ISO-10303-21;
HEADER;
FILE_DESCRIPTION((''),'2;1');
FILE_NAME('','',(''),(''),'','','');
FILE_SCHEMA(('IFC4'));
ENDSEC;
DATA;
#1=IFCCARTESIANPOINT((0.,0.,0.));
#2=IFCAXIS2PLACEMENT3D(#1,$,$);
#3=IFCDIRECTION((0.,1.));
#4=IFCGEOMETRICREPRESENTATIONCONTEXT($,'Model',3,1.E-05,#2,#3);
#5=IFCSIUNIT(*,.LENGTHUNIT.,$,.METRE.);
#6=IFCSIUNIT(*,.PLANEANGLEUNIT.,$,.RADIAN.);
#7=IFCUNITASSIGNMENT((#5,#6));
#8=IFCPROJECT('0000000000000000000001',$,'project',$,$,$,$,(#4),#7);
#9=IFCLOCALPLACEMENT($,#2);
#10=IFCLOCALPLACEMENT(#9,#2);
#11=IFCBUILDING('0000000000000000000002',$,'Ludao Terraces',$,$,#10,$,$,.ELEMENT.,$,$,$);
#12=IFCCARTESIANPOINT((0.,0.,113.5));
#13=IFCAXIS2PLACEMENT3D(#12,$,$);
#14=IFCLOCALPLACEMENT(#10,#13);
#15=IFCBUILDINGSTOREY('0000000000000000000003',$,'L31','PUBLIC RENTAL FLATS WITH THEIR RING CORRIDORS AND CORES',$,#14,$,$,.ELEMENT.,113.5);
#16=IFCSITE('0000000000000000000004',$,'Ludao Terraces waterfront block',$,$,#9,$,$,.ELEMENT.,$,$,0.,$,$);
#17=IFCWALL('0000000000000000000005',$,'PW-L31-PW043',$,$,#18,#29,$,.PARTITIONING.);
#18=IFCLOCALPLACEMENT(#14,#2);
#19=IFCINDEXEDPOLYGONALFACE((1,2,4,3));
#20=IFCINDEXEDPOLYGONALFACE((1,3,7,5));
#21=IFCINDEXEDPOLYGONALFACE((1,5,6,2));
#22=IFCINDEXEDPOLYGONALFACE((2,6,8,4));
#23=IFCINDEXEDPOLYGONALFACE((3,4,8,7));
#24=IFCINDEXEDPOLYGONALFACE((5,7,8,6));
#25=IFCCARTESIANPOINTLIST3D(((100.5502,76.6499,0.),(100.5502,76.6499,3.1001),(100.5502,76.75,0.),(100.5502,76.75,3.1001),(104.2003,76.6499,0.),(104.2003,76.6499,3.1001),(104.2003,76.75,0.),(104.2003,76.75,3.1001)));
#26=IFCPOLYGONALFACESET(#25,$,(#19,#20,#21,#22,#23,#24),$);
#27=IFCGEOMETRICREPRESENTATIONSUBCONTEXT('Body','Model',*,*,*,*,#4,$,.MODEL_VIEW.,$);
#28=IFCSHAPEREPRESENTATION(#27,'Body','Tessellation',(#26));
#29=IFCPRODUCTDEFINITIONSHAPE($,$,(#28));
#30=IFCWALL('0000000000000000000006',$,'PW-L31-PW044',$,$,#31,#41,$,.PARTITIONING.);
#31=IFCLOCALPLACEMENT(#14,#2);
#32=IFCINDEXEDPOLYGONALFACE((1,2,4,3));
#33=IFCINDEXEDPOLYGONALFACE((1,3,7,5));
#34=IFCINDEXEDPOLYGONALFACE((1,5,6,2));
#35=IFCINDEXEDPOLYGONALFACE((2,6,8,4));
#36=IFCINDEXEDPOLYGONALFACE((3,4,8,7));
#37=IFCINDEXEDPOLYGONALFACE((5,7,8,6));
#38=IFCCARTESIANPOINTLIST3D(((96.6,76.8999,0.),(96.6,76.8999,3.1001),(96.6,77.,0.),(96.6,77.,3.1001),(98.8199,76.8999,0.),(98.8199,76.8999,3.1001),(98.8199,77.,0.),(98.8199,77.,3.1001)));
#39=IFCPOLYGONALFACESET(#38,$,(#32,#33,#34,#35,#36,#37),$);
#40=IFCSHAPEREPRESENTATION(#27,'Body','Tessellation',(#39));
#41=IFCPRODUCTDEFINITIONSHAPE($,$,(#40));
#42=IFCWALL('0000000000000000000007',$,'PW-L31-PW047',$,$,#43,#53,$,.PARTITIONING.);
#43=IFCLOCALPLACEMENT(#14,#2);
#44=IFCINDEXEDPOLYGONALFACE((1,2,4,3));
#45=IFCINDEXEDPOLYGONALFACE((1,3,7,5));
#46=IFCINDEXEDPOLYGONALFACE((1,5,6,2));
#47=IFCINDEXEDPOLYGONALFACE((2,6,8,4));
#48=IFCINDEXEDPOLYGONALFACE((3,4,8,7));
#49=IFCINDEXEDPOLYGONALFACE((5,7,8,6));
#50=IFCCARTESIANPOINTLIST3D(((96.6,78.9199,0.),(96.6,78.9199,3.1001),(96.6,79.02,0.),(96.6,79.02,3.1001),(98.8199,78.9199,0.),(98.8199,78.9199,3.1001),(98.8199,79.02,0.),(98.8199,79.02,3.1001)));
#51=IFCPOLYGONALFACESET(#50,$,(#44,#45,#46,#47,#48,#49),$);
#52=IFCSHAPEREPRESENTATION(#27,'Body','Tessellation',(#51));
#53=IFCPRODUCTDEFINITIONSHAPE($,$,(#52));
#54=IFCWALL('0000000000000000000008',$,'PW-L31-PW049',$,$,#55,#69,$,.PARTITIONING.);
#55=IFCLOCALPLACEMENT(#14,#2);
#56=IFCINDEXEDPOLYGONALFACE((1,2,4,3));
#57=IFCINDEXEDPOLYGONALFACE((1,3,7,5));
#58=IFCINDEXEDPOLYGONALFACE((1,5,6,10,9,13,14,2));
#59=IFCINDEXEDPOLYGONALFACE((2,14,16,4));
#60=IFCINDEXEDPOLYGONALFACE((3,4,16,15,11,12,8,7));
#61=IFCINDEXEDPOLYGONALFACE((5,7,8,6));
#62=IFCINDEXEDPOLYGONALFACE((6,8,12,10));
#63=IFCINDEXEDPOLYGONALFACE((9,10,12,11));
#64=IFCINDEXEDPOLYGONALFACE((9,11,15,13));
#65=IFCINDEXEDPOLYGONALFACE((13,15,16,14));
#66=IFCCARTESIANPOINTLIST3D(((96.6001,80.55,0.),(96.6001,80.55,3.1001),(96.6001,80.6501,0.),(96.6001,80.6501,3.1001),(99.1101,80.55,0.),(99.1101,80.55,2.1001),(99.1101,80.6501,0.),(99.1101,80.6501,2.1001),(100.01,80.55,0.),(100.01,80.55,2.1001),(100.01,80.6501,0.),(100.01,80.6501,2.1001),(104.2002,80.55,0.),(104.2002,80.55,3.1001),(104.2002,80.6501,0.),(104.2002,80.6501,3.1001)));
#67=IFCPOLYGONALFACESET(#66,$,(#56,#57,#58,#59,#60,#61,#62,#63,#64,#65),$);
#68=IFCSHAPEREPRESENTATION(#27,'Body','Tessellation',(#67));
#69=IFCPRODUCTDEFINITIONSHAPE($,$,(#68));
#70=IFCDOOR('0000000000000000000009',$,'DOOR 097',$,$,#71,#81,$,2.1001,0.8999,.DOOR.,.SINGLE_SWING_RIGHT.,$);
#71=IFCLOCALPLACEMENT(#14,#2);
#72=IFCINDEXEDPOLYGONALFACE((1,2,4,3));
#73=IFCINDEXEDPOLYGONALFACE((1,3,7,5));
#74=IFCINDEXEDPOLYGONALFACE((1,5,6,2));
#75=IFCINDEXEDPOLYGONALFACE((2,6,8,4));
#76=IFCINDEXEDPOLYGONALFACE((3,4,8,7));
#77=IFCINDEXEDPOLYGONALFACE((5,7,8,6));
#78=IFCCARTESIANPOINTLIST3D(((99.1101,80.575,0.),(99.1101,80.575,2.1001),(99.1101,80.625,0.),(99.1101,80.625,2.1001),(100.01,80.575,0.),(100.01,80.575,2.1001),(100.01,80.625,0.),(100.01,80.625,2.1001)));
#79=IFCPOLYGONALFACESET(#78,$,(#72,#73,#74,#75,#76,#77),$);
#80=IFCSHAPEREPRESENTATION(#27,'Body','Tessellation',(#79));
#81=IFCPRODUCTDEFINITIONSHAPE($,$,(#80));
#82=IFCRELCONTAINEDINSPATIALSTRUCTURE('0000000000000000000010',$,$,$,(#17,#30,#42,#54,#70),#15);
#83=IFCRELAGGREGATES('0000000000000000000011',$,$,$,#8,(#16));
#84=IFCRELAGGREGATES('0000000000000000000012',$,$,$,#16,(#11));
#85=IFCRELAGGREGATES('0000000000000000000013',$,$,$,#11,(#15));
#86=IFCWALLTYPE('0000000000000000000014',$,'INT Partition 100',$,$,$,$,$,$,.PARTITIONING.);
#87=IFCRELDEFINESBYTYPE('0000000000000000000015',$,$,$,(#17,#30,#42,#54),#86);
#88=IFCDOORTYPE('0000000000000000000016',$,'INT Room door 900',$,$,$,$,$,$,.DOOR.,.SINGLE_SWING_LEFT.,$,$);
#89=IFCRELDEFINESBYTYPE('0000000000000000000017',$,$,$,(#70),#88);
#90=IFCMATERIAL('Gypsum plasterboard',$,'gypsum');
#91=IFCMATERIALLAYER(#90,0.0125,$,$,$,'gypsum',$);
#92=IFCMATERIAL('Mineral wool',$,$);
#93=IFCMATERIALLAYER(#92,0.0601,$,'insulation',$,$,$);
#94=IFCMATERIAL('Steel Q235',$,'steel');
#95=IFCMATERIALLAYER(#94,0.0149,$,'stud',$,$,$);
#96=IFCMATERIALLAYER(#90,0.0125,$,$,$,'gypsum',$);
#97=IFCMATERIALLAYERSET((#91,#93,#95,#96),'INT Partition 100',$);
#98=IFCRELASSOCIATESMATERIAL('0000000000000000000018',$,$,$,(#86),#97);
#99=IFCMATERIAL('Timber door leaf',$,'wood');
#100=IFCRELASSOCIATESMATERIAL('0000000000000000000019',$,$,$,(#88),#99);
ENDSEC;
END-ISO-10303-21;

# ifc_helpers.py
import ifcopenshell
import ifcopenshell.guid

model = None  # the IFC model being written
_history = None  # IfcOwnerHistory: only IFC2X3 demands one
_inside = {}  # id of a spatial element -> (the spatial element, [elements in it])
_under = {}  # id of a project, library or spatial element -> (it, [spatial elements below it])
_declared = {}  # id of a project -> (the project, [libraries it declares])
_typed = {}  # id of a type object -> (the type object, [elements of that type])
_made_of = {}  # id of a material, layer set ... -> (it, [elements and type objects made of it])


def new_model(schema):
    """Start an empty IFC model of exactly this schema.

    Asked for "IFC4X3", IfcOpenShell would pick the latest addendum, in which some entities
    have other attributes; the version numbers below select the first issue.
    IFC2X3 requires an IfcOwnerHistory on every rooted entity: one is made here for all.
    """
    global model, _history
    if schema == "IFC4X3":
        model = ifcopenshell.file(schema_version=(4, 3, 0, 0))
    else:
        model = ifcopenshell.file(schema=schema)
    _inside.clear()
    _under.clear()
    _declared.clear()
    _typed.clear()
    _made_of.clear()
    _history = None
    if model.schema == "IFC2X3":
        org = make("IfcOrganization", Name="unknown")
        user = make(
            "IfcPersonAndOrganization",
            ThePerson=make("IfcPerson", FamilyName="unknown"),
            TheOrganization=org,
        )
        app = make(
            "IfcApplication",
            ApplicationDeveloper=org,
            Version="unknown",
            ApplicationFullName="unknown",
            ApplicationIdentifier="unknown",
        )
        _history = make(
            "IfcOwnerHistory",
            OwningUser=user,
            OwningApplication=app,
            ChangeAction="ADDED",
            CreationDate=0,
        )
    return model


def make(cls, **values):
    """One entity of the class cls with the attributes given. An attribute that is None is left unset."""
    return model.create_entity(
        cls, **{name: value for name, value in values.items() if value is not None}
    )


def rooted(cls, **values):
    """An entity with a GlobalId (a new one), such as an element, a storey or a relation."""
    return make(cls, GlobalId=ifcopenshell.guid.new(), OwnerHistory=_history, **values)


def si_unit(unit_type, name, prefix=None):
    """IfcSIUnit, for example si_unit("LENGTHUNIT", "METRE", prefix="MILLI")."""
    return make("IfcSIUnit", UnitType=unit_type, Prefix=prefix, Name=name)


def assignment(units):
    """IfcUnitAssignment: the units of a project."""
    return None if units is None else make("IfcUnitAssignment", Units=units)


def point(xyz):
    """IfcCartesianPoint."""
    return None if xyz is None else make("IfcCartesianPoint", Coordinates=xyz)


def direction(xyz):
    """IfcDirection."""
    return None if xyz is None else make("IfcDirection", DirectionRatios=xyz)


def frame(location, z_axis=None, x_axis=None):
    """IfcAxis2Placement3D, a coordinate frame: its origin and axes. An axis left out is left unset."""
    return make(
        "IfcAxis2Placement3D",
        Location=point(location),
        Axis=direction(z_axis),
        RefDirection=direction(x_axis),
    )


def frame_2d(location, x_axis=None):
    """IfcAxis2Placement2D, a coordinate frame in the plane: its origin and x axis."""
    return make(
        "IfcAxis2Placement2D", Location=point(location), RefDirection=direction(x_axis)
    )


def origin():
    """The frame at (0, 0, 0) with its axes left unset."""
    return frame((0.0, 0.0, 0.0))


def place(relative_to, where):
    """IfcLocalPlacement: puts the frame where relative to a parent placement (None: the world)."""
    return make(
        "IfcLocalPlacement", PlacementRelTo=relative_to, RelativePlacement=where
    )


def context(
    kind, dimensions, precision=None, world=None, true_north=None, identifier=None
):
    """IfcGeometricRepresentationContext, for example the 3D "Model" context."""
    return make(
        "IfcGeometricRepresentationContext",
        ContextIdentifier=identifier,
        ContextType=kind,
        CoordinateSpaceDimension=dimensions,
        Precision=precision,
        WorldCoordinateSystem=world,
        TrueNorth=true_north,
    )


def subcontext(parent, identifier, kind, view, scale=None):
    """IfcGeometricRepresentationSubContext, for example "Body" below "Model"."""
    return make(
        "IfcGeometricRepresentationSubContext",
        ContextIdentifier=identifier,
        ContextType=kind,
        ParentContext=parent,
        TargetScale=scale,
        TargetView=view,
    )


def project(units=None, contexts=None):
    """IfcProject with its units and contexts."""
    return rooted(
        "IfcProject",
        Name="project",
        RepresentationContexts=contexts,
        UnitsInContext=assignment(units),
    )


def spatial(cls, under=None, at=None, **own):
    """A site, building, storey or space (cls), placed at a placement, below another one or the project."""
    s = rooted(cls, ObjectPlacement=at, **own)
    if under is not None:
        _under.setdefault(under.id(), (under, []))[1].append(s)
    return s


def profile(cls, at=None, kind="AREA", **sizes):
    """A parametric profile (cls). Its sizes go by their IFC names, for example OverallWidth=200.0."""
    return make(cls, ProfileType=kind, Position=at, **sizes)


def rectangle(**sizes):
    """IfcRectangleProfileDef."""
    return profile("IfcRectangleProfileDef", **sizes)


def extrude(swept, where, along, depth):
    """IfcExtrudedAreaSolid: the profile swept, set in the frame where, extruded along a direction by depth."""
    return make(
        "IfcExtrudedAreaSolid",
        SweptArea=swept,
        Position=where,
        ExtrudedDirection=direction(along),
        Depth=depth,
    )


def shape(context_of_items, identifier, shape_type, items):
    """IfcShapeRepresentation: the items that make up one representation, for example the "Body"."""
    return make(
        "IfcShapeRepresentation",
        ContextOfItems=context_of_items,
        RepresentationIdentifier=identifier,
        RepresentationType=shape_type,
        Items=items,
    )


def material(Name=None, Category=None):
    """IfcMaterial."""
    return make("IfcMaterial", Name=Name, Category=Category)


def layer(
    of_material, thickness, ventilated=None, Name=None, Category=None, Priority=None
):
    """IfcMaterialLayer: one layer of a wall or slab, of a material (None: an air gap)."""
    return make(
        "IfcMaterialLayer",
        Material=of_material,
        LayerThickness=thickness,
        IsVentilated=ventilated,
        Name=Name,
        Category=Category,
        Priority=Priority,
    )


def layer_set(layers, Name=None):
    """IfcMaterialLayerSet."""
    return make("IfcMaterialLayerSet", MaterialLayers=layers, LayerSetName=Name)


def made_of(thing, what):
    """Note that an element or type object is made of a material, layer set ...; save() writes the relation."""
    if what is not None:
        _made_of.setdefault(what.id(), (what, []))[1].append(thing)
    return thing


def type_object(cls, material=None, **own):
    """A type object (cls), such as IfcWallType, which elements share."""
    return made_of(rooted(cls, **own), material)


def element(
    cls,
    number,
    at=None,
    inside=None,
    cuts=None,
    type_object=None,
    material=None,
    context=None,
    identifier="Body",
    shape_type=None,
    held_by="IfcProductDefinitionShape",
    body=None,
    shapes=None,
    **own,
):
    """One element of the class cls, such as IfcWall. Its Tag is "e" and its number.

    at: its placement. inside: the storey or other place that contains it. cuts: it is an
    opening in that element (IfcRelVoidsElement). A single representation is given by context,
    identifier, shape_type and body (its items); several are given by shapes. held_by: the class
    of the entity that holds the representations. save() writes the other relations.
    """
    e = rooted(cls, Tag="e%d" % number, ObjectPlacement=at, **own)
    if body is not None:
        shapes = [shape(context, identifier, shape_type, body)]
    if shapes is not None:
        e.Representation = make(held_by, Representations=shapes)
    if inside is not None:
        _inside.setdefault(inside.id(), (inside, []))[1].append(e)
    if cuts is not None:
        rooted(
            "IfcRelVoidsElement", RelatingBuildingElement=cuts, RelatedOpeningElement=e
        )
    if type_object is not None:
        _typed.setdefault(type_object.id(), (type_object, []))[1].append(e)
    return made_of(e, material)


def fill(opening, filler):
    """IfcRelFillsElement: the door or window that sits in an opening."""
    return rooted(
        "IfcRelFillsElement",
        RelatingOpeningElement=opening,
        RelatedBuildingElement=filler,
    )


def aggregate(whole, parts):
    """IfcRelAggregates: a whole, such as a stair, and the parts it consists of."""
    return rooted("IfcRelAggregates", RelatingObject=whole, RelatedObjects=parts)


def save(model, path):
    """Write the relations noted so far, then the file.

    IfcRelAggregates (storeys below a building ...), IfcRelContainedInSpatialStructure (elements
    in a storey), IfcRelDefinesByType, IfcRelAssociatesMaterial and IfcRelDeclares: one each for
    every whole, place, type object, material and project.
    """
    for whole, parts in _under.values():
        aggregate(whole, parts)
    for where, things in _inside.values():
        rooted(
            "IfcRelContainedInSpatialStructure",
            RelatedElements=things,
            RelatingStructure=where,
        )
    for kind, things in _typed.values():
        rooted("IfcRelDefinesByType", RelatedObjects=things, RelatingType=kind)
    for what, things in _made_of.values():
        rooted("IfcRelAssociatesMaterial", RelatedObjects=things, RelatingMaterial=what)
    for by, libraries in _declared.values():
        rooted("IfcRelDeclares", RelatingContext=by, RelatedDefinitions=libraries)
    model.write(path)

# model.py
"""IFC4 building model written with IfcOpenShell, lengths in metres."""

from ifc_helpers import new_model, si_unit, direction, frame, frame_2d, origin, place, context, subcontext, project, spatial, rectangle, extrude, material, layer, layer_set, type_object, element, fill, save


model = new_model("IFC4")

# Units and contexts
model_context = context("Model", 3, precision=1e-05, world=origin(), true_north=direction((0.0, 1.0)))
body_context = subcontext(model_context, "Body", "Model", "MODEL_VIEW")
ifc_project = project(units=[si_unit("LENGTHUNIT", "METRE"), si_unit("PLANEANGLEUNIT", "RADIAN")], contexts=[model_context])

# Site, building, storey
site_placement = place(None, origin())
site = spatial("IfcSite", under=ifc_project, at=site_placement, Name="Ludao Terraces waterfront block", CompositionType="ELEMENT", RefElevation=0.0)
building_placement = place(site_placement, origin())
building = spatial("IfcBuilding", under=site, at=building_placement, Name="Ludao Terraces", CompositionType="ELEMENT")
storey_placement = place(building_placement, frame((0.0, 0.0, 113.5)))
storey = spatial("IfcBuildingStorey", under=building, at=storey_placement, Name="L31", Description="PUBLIC RENTAL FLATS WITH THEIR RING CORRIDORS AND CORES", CompositionType="ELEMENT", Elevation=113.5)

# Shared definitions
ifc_material_1 = material(Name="Steel Q235", Category="steel")

# Shared definitions
ifc_material_2 = material(Name="Mineral wool")

# Walls
ifc_material_3 = material(Name="Gypsum plasterboard", Category="gypsum")
ifc_layer_1 = layer(ifc_material_3, 0.0125, Category="gypsum")
ifc_layer_2 = layer(ifc_material_2, 0.0601, Name="insulation")
ifc_layer_3 = layer(ifc_material_1, 0.0149, Name="stud")
ifc_layer_4 = layer(ifc_material_3, 0.0125, Category="gypsum")
ifc_layer_set_1 = layer_set([ifc_layer_1, ifc_layer_2, ifc_layer_3, ifc_layer_4], Name="INT Partition 100")
wall_type_1 = type_object("IfcWallType", Name="INT Partition 100", PredefinedType="PARTITIONING", material=ifc_layer_set_1)
wall_1_placement = place(storey_placement, frame((100.55, 76.7, 0.0), z_axis=(0.0, 0.0, 1.0), x_axis=(1.0, 0.0, 0.0)))
element("IfcWall", 1, at=wall_1_placement, inside=storey, type_object=wall_type_1, Name="PW-L31-PW043", PredefinedType="PARTITIONING", context=body_context, shape_type="SweptSolid", body=[
    extrude(rectangle(XDim=3.6501, YDim=0.1001, at=frame_2d((1.8252, 0.0))), origin(), (0.0, 0.0, 1.0), 3.1001),
])
for number, where, z_axis, x_axis, name in (
    (2, (96.6001, 76.95, 0.0), (0.0, 0.0, 1.0), (1.0, 0.0, 0.0), "PW-L31-PW044"),
    (3, (96.6001, 78.97, 0.0), (0.0, 0.0, 1.0), (1.0, 0.0, 0.0), "PW-L31-PW047"),
):
    element("IfcWall", number, at=place(storey_placement, frame(where, z_axis=z_axis, x_axis=x_axis)), inside=storey, type_object=wall_type_1, Name=name, PredefinedType="PARTITIONING", context=body_context, shape_type="SweptSolid", body=[
        extrude(rectangle(XDim=2.22, YDim=0.1001, at=frame_2d((1.1099, 0.0))), origin(), (0.0, 0.0, 1.0), 3.1001),
    ])

# Wall, opening, door
wall_2_placement = place(storey_placement, frame((96.6001, 80.6001, 0.0), z_axis=(0.0, 0.0, 1.0), x_axis=(1.0, 0.0, 0.0)))
wall_2 = element("IfcWall", 4, at=wall_2_placement, inside=storey, type_object=wall_type_1, Name="PW-L31-PW049", PredefinedType="PARTITIONING", context=body_context, shape_type="SweptSolid", body=[
    extrude(rectangle(XDim=7.6001, YDim=0.1001, at=frame_2d((3.8, 0.0))), origin(), (0.0, 0.0, 1.0), 3.1001),
])
opening_1_placement = place(wall_2_placement, frame((2.51, 0.0, 0.0)))
opening_1 = element("IfcOpeningElement", 5, at=opening_1_placement, cuts=wall_2, PredefinedType="OPENING", context=body_context, shape_type="SweptSolid", body=[
    extrude(rectangle(XDim=0.8999, YDim=2.1001, at=frame_2d((0.45, 1.05))), frame((0.0, 0.0601, 0.0), z_axis=(0.0, -1.0, 0.0), x_axis=(1.0, 0.0, 0.0)), (0.0, 0.0, 1.0), 0.1201),
])
ifc_material_4 = material(Name="Timber door leaf", Category="wood")
door_type_1 = type_object("IfcDoorType", Name="INT Room door 900", OperationType="SINGLE_SWING_LEFT", PredefinedType="DOOR", material=ifc_material_4)
door_1_placement = place(opening_1_placement, origin())
door_1 = element("IfcDoor", 6, at=door_1_placement, inside=storey, type_object=door_type_1, Name="DOOR 097", OperationType="SINGLE_SWING_RIGHT", OverallHeight=2.1001, OverallWidth=0.8999, PredefinedType="DOOR", context=body_context, shape_type="SweptSolid", body=[
    extrude(rectangle(XDim=0.8999, YDim=2.1001, at=frame_2d((0.45, 1.05))), frame((0.0, 0.0249, 0.0), z_axis=(0.0, -1.0, 0.0), x_axis=(1.0, 0.0, 0.0)), (0.0, 0.0, 1.0), 0.05),
])
fill(opening_1, door_1)

save(model, "model.ifc")
